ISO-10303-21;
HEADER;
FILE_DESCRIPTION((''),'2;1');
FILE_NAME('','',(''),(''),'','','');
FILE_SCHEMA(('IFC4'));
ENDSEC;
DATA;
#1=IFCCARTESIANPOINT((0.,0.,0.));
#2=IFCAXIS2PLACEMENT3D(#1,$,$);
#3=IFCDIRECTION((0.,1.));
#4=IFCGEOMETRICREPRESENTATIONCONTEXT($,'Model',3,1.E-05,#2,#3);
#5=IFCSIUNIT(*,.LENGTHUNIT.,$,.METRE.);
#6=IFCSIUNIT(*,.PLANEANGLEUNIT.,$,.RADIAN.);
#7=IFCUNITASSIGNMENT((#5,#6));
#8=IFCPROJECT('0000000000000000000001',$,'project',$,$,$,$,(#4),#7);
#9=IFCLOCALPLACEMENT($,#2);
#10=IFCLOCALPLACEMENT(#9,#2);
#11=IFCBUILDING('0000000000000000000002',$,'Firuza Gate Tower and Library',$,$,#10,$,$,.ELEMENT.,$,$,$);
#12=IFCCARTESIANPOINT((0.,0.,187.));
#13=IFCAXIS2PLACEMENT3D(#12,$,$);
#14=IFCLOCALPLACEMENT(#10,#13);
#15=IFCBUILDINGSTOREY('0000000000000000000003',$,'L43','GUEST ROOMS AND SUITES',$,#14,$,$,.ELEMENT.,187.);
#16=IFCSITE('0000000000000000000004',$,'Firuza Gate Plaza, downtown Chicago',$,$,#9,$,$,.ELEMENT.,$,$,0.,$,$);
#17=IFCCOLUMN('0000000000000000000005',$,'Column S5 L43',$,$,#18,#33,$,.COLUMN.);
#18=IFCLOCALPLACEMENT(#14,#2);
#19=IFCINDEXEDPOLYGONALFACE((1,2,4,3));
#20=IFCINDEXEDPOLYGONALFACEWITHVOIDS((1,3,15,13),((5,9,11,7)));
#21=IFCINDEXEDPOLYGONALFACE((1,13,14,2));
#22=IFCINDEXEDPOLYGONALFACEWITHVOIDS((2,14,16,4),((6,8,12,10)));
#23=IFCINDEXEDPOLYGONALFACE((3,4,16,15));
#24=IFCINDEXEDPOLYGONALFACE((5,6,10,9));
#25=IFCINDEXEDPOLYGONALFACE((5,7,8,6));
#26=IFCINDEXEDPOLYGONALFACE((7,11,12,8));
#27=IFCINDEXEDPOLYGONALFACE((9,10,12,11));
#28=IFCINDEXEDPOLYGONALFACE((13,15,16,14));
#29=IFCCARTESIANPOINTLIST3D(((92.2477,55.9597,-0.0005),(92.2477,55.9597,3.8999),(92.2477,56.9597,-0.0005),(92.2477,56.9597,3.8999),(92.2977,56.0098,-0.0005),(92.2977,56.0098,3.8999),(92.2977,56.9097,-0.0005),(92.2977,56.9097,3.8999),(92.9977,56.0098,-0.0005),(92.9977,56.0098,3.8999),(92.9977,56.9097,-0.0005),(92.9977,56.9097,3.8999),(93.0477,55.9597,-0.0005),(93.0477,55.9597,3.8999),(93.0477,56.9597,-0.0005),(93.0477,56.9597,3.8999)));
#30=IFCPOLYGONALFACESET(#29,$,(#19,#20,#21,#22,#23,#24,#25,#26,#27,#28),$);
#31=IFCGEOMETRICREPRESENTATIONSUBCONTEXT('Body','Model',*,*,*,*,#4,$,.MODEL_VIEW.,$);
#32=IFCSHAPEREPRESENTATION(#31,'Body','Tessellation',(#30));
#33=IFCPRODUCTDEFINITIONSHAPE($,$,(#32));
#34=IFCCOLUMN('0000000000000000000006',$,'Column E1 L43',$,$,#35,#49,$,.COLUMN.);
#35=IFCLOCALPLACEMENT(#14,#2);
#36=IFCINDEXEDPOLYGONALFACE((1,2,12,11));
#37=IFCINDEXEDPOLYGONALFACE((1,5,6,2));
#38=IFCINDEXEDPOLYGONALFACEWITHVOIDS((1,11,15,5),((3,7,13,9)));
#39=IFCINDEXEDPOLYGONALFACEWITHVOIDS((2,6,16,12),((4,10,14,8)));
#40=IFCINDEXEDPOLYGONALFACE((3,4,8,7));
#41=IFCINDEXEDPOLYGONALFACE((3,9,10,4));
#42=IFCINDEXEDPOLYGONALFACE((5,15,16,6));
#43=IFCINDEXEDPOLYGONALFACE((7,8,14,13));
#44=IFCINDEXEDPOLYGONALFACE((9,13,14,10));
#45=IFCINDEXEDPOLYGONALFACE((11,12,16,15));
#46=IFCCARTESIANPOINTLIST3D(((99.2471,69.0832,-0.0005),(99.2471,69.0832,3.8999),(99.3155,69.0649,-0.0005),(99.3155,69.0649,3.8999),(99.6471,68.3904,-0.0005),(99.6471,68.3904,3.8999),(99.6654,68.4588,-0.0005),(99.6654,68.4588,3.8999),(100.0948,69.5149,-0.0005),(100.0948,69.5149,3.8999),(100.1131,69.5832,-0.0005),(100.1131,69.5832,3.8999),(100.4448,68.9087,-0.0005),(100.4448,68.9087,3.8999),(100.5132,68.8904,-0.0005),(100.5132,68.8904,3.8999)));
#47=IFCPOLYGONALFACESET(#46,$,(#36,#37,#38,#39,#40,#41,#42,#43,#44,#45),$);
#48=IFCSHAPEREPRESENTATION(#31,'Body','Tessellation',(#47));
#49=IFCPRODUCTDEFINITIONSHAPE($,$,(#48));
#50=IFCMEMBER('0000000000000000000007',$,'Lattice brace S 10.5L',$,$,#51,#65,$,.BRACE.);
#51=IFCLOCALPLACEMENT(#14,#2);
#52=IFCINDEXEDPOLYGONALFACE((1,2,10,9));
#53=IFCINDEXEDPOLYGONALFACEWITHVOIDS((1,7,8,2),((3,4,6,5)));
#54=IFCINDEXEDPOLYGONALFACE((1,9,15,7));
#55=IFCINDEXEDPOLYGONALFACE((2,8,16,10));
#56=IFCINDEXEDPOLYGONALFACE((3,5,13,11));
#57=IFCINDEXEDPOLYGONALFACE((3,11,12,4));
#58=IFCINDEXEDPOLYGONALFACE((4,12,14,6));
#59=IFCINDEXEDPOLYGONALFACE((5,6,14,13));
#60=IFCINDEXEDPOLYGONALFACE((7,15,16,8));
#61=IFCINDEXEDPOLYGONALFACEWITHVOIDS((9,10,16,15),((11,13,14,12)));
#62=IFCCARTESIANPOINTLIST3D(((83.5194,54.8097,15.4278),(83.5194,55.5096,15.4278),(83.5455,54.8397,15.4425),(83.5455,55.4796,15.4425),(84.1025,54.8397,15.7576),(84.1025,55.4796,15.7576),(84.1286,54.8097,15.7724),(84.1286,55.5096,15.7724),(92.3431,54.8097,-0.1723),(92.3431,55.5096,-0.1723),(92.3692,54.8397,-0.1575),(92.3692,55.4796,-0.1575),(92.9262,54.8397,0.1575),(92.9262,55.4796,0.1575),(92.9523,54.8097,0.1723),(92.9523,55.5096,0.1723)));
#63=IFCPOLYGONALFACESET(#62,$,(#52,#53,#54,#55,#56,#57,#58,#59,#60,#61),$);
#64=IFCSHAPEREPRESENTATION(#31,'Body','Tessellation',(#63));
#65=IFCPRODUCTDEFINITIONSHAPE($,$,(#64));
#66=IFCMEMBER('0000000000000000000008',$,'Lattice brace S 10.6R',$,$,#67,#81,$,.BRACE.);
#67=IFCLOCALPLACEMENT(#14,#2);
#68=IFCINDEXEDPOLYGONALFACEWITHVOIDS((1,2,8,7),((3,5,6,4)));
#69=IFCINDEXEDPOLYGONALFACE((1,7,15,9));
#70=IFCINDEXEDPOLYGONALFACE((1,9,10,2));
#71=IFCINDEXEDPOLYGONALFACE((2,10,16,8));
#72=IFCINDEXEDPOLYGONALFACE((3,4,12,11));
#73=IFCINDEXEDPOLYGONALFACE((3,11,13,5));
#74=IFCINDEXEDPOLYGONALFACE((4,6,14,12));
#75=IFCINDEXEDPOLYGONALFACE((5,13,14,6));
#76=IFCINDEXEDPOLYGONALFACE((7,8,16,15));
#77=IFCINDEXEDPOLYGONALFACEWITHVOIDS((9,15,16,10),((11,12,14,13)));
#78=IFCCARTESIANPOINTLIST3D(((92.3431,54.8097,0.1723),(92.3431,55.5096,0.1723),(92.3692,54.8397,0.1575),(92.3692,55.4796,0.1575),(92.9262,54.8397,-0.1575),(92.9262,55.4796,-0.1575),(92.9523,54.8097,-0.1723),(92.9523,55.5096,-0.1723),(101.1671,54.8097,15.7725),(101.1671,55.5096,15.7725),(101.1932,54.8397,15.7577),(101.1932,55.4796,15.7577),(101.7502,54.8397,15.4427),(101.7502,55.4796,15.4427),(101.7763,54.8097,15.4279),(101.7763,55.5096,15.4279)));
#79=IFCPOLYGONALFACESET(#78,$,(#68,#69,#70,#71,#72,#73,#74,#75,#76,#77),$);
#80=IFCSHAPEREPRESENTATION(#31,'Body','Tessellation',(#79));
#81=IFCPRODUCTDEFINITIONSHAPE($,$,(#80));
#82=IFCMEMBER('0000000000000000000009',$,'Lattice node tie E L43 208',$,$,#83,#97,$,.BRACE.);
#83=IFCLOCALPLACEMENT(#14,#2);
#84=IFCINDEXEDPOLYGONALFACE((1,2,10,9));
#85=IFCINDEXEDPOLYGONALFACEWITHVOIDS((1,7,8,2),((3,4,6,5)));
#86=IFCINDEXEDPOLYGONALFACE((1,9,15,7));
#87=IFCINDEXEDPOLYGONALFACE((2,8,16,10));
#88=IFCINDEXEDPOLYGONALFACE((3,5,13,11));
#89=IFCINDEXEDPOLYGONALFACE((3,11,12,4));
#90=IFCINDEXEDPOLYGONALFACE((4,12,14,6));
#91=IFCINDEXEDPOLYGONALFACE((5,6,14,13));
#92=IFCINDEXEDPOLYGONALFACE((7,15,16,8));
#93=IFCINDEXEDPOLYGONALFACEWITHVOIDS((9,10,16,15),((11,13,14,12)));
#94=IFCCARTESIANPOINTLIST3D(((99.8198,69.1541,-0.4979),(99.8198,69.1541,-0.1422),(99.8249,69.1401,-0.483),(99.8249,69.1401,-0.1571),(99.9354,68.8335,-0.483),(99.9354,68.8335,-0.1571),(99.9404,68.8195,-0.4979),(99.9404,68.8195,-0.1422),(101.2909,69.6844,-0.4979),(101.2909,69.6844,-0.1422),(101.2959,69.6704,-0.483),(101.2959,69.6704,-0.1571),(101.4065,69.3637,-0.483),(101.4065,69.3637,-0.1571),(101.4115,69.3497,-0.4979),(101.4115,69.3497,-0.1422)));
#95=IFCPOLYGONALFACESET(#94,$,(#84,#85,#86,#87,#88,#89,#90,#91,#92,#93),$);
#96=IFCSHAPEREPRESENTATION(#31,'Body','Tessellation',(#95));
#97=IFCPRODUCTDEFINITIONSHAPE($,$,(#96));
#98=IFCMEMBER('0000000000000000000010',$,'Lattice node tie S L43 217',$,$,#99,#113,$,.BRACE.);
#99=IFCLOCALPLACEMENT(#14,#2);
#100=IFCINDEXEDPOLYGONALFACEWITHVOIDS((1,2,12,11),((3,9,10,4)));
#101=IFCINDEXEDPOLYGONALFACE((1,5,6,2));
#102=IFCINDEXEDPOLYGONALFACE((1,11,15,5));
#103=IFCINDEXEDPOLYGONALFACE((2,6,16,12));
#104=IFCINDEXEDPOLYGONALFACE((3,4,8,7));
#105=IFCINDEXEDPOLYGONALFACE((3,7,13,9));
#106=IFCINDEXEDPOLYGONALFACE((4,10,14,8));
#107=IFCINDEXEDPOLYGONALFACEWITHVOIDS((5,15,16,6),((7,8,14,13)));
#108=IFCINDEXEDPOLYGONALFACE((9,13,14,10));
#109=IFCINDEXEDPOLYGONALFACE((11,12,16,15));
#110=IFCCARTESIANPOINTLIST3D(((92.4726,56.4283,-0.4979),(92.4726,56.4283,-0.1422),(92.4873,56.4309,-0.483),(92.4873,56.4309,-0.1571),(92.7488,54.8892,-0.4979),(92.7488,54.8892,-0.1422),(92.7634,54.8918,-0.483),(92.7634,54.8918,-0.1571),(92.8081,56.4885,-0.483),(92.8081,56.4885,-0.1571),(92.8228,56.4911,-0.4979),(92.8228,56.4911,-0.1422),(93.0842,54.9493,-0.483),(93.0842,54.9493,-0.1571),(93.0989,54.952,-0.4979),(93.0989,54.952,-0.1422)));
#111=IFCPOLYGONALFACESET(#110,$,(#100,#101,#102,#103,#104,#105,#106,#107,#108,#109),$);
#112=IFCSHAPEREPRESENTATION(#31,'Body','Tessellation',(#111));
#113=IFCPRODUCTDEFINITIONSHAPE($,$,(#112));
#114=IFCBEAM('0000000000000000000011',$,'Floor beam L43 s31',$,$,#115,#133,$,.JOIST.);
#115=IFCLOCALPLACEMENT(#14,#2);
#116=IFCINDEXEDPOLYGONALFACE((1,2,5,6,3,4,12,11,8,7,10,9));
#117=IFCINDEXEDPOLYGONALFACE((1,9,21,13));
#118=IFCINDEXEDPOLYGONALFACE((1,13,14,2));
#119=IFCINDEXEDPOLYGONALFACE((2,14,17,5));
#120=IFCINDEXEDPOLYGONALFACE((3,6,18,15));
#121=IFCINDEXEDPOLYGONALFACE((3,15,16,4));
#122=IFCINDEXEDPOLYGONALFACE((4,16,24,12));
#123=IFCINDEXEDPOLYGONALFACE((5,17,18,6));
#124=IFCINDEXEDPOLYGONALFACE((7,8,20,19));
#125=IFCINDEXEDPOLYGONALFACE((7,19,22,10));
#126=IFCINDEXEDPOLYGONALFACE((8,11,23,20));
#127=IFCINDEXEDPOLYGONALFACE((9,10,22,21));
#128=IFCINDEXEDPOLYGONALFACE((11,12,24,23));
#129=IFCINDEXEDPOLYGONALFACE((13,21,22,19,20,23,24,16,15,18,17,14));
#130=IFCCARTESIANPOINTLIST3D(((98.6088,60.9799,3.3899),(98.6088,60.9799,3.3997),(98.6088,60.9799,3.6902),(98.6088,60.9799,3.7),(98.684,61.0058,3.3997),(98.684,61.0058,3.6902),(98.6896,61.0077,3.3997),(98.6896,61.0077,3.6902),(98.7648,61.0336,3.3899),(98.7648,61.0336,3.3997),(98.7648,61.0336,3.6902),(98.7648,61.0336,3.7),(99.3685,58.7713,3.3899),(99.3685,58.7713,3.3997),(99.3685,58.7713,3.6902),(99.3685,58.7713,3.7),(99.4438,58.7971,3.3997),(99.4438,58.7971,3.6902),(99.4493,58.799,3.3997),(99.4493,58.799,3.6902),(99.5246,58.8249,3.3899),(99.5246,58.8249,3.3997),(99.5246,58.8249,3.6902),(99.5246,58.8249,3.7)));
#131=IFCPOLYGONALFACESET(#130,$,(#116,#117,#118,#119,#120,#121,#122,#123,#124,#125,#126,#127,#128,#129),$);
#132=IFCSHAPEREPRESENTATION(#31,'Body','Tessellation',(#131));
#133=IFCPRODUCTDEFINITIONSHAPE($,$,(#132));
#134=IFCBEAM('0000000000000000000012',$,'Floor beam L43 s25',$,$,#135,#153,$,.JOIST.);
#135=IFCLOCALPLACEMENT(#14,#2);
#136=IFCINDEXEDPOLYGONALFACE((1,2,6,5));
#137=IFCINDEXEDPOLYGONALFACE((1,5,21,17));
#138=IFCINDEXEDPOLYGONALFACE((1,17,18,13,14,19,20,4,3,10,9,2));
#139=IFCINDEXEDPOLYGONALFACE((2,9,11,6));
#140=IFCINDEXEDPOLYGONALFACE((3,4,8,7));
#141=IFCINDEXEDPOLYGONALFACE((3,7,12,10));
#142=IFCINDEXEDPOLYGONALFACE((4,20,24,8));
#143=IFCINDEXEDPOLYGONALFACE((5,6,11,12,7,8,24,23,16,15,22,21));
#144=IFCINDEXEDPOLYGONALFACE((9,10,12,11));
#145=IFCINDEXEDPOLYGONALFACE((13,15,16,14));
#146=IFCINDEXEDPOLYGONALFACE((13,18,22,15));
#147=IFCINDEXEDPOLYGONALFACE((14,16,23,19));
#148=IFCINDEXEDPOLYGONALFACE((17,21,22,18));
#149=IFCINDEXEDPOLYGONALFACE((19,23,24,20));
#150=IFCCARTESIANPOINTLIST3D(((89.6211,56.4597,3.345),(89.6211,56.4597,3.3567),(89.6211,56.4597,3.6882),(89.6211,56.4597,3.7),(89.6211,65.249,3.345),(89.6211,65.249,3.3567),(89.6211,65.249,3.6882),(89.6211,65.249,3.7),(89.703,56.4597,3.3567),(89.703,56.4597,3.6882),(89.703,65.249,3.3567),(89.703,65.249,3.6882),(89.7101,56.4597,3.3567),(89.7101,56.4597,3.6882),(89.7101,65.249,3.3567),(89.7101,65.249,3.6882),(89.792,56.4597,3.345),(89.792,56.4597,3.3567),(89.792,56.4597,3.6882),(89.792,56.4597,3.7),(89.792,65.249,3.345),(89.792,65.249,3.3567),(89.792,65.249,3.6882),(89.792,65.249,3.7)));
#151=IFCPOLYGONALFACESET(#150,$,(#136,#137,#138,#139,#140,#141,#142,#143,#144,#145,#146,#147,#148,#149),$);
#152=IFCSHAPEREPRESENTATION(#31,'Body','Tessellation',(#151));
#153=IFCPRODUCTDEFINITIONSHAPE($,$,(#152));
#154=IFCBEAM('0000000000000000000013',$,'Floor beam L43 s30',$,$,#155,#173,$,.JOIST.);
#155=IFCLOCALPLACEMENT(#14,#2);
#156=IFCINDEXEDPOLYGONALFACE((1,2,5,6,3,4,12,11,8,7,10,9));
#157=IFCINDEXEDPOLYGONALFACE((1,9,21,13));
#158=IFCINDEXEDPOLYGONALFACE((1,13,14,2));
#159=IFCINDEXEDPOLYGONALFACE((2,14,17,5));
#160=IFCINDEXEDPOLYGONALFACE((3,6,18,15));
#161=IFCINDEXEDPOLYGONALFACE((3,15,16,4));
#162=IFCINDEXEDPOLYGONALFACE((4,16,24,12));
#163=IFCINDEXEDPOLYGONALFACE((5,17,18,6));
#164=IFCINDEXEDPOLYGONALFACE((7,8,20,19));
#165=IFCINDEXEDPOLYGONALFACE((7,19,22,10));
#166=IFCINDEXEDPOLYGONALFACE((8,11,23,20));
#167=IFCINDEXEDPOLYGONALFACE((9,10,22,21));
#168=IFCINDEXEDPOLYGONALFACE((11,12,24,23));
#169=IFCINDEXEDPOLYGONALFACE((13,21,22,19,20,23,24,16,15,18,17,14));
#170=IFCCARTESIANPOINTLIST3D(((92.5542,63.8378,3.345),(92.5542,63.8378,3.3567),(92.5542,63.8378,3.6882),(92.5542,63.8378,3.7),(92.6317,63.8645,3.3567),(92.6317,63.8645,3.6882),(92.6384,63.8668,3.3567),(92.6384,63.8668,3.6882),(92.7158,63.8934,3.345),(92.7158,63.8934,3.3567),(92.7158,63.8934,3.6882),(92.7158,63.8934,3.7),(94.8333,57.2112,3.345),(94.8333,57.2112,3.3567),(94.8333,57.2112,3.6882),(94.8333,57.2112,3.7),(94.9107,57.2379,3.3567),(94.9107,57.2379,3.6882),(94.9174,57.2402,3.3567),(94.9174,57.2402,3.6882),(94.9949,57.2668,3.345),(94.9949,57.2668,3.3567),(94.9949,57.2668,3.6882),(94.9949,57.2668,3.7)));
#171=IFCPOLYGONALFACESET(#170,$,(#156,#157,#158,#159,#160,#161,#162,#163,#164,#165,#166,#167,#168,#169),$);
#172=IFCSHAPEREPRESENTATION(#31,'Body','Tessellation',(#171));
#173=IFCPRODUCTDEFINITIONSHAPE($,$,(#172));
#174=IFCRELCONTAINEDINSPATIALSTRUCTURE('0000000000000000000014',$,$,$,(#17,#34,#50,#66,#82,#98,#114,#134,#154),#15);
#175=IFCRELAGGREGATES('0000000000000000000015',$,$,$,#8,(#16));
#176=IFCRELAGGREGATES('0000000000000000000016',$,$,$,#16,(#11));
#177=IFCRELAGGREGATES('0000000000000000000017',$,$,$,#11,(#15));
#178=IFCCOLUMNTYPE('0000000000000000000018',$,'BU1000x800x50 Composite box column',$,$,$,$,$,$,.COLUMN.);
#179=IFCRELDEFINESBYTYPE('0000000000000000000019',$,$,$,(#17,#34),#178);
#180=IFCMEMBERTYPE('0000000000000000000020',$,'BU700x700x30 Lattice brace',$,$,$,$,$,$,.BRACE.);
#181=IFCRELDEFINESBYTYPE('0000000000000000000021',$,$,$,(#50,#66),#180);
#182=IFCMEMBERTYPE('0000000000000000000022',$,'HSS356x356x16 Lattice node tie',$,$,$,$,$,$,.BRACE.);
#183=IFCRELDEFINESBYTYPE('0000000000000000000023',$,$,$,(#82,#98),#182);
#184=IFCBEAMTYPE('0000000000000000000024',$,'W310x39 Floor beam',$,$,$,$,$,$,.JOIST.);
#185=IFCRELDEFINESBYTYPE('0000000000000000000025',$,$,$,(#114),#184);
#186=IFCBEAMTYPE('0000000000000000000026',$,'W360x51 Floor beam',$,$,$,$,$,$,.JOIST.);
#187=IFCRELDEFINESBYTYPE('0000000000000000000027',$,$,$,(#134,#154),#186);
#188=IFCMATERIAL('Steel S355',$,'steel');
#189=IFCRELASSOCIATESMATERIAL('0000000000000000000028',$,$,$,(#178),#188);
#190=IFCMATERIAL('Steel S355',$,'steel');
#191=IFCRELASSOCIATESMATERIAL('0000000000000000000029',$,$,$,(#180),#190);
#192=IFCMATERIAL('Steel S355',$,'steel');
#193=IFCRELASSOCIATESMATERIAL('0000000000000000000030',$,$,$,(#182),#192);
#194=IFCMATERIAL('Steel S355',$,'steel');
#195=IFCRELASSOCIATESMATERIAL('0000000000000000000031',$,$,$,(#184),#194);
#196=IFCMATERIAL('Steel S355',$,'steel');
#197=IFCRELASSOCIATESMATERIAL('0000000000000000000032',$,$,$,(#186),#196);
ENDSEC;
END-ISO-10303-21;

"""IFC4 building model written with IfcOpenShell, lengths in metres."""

from ifc_helpers import new_model, si_unit, direction, frame, origin, origin_2d, place, context, subcontext, project, spatial, hollow_rectangle, i_section, extrude, material, material_profile, profile_set, type_object, element, save


model = new_model("IFC4")

# Units and contexts
model_context = context("Model", 3, precision=1e-05, world=origin(), true_north=direction((0.0, 1.0)))
body_context = subcontext(model_context, "Body", "Model", "MODEL_VIEW")
ifc_project = project(units=[si_unit("LENGTHUNIT", "METRE"), si_unit("PLANEANGLEUNIT", "RADIAN")], contexts=[model_context])

# Site, building, storey
site_placement = place(None, origin())
site = spatial("IfcSite", under=ifc_project, at=site_placement, Name="Firuza Gate Plaza, downtown Chicago", CompositionType="ELEMENT", RefElevation=0.0)
building_placement = place(site_placement, origin())
building = spatial("IfcBuilding", under=site, at=building_placement, Name="Firuza Gate Tower and Library", CompositionType="ELEMENT")
storey_placement = place(building_placement, frame((0.0, 0.0, 187.0)))
storey = spatial("IfcBuildingStorey", under=building, at=storey_placement, Name="L43", Description="GUEST ROOMS AND SUITES", CompositionType="ELEMENT", Elevation=187.0)

# Columns
ifc_material_1 = material(Name="Steel S355", Category="steel")
ifc_material_profile_1 = material_profile(ifc_material_1, hollow_rectangle(XDim=0.8, YDim=1.0, WallThickness=0.05, at=origin_2d()))
ifc_profile_set_1 = profile_set([ifc_material_profile_1], Name="Steel S355")
column_type = type_object("IfcColumnType", Name="BU1000x800x50 Composite box column", PredefinedType="COLUMN", material=ifc_profile_set_1)
for number, where, z_axis, x_axis, name in (
    (1, (92.6477, 56.4597, -0.0005), (0.0, 0.0, 1.0), (1.0, 0.0, 0.0), "Column S5 L43"),
    (2, (99.8801, 68.9868, -0.0005), (0.0, 0.0, 1.0), (-0.5, 0.866025, 0.0), "Column E1 L43"),
):
    element("IfcColumn", number, at=place(storey_placement, frame(where, z_axis=z_axis, x_axis=x_axis)), inside=storey, type_object=column_type, Name=name, PredefinedType="COLUMN", context=body_context, shape_type="SweptSolid", body=[
        extrude(hollow_rectangle(XDim=0.8, YDim=1.0, WallThickness=0.05, at=origin_2d()), origin(), (0.0, 0.0, 1.0), 3.9004),
    ])

# Members
ifc_material_2 = material(Name="Steel S355", Category="steel")
ifc_material_profile_2 = material_profile(ifc_material_2, hollow_rectangle(XDim=0.7, YDim=0.7, WallThickness=0.03, at=origin_2d()))
ifc_profile_set_2 = profile_set([ifc_material_profile_2], Name="Steel S355")
member_type_1 = type_object("IfcMemberType", Name="BU700x700x30 Lattice brace", PredefinedType="BRACE", material=ifc_profile_set_2)
member_1_placement = place(storey_placement, frame((92.6477, 55.1597, 0.0), z_axis=(-0.492323, 0.0, 0.870413), x_axis=(0.0, -1.0, 0.0)))
element("IfcMember", 3, at=member_1_placement, inside=storey, type_object=member_type_1, Name="Lattice brace S 10.5L", PredefinedType="BRACE", context=body_context, shape_type="SweptSolid", body=[
    extrude(hollow_rectangle(XDim=0.7, YDim=0.7, WallThickness=0.03, at=origin_2d()), origin(), (0.0, 0.0, 1.0), 17.9226),
])
member_2_placement = place(storey_placement, frame((92.6477, 55.1597, 0.0), z_axis=(0.492333, 0.0, 0.870407), x_axis=(0.0, 1.0, 0.0)))
element("IfcMember", 4, at=member_2_placement, inside=storey, type_object=member_type_1, Name="Lattice brace S 10.6R", PredefinedType="BRACE", context=body_context, shape_type="SweptSolid", body=[
    extrude(hollow_rectangle(XDim=0.7, YDim=0.7, WallThickness=0.03, at=origin_2d()), origin(), (0.0, 0.0, 1.0), 17.9229),
])
ifc_material_3 = material(Name="Steel S355", Category="steel")
ifc_material_profile_3 = material_profile(ifc_material_3, hollow_rectangle(XDim=0.3557, YDim=0.3557, WallThickness=0.0149, at=origin_2d()))
ifc_profile_set_3 = profile_set([ifc_material_profile_3], Name="Steel S355")
member_type_2 = type_object("IfcMemberType", Name="HSS356x356x16 Lattice node tie", PredefinedType="BRACE", material=ifc_profile_set_3)
for number, where, z_axis, x_axis, name in (
    (5, (99.8801, 68.9868, -0.3201), (0.940756, 0.339084, 0.0), (-0.339084, 0.940756, 0.0), "Lattice node tie E L43 208"),
    (6, (92.6477, 56.4597, -0.3201), (0.17659, -0.984284, 0.0), (0.984284, 0.17659, 0.0), "Lattice node tie S L43 217"),
):
    element("IfcMember", number, at=place(storey_placement, frame(where, z_axis=z_axis, x_axis=x_axis)), inside=storey, type_object=member_type_2, Name=name, PredefinedType="BRACE", context=body_context, shape_type="SweptSolid", body=[
        extrude(hollow_rectangle(XDim=0.3557, YDim=0.3557, WallThickness=0.0149, at=origin_2d()), origin(), (0.0, 0.0, 1.0), 1.5637),
    ])

# Beams
ifc_material_4 = material(Name="Steel S355", Category="steel")
ifc_material_profile_4 = material_profile(ifc_material_4, i_section(OverallWidth=0.165, OverallDepth=0.3101, WebThickness=0.0059, FlangeThickness=0.0098, at=origin_2d()))
ifc_profile_set_4 = profile_set([ifc_material_profile_4], Name="Steel S355")
beam_type_1 = type_object("IfcBeamType", Name="W310x39 Floor beam", PredefinedType="JOIST", material=ifc_profile_set_4)
beam_1_placement = place(storey_placement, frame((99.4465, 58.7981, 3.5449), z_axis=(-0.325275, 0.945619, 0.0), x_axis=(-0.945619, -0.325275, 0.0)))
element("IfcBeam", 7, at=beam_1_placement, inside=storey, type_object=beam_type_1, Name="Floor beam L43 s31", PredefinedType="JOIST", context=body_context, shape_type="SweptSolid", body=[
    extrude(i_section(OverallWidth=0.165, OverallDepth=0.3101, WebThickness=0.0059, FlangeThickness=0.0098, at=origin_2d()), origin(), (0.0, 0.0, 1.0), 2.3357),
])
ifc_material_5 = material(Name="Steel S355", Category="steel")
ifc_material_profile_5 = material_profile(ifc_material_5, i_section(OverallWidth=0.1709, OverallDepth=0.355, WebThickness=0.0071, FlangeThickness=0.0117, at=origin_2d()))
ifc_profile_set_5 = profile_set([ifc_material_profile_5], Name="Steel S355")
beam_type_2 = type_object("IfcBeamType", Name="W360x51 Floor beam", PredefinedType="JOIST", material=ifc_profile_set_5)
beam_2_placement = place(storey_placement, frame((89.7065, 56.4597, 3.5225), z_axis=(0.0, 1.0, 0.0), x_axis=(-1.0, 0.0, 0.0)))
element("IfcBeam", 8, at=beam_2_placement, inside=storey, type_object=beam_type_2, Name="Floor beam L43 s25", PredefinedType="JOIST", context=body_context, shape_type="SweptSolid", body=[
    extrude(i_section(OverallWidth=0.1709, OverallDepth=0.355, WebThickness=0.0071, FlangeThickness=0.0117, at=origin_2d()), origin(), (0.0, 0.0, 1.0), 8.7893),
])
beam_3_placement = place(storey_placement, frame((94.9141, 57.239, 3.5225), z_axis=(-0.325223, 0.945637, 0.0), x_axis=(-0.945637, -0.325223, 0.0)))
element("IfcBeam", 9, at=beam_3_placement, inside=storey, type_object=beam_type_2, Name="Floor beam L43 s30", PredefinedType="JOIST", context=body_context, shape_type="SweptSolid", body=[
    extrude(i_section(OverallWidth=0.1709, OverallDepth=0.355, WebThickness=0.0071, FlangeThickness=0.0117, at=origin_2d()), origin(), (0.0, 0.0, 1.0), 7.0076),
])

save(model, "model.ifc")
